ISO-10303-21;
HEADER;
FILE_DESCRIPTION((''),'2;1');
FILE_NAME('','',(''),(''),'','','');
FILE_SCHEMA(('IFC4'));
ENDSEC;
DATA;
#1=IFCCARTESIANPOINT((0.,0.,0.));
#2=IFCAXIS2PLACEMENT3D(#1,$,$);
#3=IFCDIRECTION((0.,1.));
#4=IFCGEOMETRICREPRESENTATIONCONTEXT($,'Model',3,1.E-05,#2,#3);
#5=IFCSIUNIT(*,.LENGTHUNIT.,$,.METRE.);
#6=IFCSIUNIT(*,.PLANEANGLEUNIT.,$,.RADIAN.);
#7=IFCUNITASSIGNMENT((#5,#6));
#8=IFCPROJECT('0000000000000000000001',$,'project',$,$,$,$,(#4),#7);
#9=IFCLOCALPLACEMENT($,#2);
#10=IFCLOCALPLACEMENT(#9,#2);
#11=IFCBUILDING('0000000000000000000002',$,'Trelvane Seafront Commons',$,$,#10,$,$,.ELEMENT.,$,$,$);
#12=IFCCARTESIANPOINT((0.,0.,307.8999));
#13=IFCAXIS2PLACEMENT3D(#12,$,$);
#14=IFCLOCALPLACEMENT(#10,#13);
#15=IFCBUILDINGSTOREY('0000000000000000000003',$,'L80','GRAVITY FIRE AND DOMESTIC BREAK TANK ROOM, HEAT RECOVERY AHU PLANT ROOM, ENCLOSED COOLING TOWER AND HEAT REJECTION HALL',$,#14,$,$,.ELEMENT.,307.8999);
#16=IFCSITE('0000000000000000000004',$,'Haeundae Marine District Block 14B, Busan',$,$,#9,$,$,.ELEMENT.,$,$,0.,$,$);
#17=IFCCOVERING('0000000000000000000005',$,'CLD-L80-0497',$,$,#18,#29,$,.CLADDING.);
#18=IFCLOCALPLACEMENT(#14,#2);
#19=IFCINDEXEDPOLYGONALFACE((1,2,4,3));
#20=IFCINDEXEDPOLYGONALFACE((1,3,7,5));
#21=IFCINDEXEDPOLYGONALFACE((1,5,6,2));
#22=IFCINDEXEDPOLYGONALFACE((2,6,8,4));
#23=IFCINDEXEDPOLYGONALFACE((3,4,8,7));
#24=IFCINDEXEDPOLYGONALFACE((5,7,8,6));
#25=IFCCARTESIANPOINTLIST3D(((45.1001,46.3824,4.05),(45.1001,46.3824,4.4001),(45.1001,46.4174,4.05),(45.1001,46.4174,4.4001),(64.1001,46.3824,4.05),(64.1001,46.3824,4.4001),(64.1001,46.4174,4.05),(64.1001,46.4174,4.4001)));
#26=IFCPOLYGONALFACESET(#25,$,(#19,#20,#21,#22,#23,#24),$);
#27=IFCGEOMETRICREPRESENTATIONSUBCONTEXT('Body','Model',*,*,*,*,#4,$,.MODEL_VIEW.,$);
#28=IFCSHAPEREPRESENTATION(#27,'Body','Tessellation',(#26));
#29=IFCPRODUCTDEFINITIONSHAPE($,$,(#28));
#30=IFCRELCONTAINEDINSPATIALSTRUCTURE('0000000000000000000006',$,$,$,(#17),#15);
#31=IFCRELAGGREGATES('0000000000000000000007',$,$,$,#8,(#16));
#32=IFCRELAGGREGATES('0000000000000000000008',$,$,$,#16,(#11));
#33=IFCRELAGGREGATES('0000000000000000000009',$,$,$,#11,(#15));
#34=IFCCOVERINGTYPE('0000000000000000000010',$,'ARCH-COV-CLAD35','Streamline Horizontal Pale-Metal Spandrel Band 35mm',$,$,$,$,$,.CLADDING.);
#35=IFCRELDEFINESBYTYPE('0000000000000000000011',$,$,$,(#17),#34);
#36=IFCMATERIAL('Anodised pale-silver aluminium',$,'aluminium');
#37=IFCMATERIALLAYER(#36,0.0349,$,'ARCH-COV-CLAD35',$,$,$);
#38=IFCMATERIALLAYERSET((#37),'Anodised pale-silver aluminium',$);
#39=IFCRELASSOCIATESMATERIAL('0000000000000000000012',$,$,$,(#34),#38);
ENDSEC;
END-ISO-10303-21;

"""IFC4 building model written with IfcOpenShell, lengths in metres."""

from ifc_helpers import new_model, si_unit, direction, frame, origin, origin_2d, place, context, subcontext, project, spatial, rectangle, extrude, source, transform, mapped, material, layer, layer_set, type_object, element, save


model = new_model("IFC4")

# Units and contexts
model_context = context("Model", 3, precision=1e-05, world=origin(), true_north=direction((0.0, 1.0)))
body_context = subcontext(model_context, "Body", "Model", "MODEL_VIEW")
ifc_project = project(units=[si_unit("LENGTHUNIT", "METRE"), si_unit("PLANEANGLEUNIT", "RADIAN")], contexts=[model_context])

# Site, building, storey
site_placement = place(None, origin())
site = spatial("IfcSite", under=ifc_project, at=site_placement, Name="Haeundae Marine District Block 14B, Busan", CompositionType="ELEMENT", RefElevation=0.0)
building_placement = place(site_placement, origin())
building = spatial("IfcBuilding", under=site, at=building_placement, Name="Trelvane Seafront Commons", CompositionType="ELEMENT")
storey_placement = place(building_placement, frame((0.0, 0.0, 307.8999)))
storey = spatial("IfcBuildingStorey", under=building, at=storey_placement, Name="L80", Description="GRAVITY FIRE AND DOMESTIC BREAK TANK ROOM, HEAT RECOVERY AHU PLANT ROOM, ENCLOSED COOLING TOWER AND HEAT REJECTION HALL", CompositionType="ELEMENT", Elevation=307.8999)

# Shared definitions
ifc_material_1 = material(Name="Anodised pale-silver aluminium", Category="aluminium")

# Covering
ifc_layer_1 = layer(ifc_material_1, 0.0349, Name="ARCH-COV-CLAD35")
ifc_layer_set_1 = layer_set([ifc_layer_1], Name="Anodised pale-silver aluminium")
covering_type = type_object("IfcCoveringType", Name="ARCH-COV-CLAD35", Description="Streamline Horizontal Pale-Metal Spandrel Band 35mm", PredefinedType="CLADDING", material=ifc_layer_set_1)
shared_shape_1 = source(origin(), body_context, "Body", "SweptSolid", [
    extrude(rectangle(XDim=19.0, YDim=0.0349, at=origin_2d()), origin(), (0.0, 0.0, 1.0), 0.3501),
])
covering_placement = place(storey_placement, frame((54.6001, 46.3999, 4.05), z_axis=(0.0, 0.0, 1.0), x_axis=(1.0, 0.0, 0.0)))
element("IfcCovering", 1, at=covering_placement, inside=storey, type_object=covering_type, Name="CLD-L80-0497", PredefinedType="CLADDING", context=body_context, shape_type="MappedRepresentation", body=[
    mapped(shared_shape_1, transform((0.0, 0.0, 0.0), x_axis=(1.0, 0.0, 0.0), y_axis=(0.0, 1.0, 0.0), z_axis=(0.0, 0.0, 1.0), scale=1.0)),
])

save(model, "model.ifc")
